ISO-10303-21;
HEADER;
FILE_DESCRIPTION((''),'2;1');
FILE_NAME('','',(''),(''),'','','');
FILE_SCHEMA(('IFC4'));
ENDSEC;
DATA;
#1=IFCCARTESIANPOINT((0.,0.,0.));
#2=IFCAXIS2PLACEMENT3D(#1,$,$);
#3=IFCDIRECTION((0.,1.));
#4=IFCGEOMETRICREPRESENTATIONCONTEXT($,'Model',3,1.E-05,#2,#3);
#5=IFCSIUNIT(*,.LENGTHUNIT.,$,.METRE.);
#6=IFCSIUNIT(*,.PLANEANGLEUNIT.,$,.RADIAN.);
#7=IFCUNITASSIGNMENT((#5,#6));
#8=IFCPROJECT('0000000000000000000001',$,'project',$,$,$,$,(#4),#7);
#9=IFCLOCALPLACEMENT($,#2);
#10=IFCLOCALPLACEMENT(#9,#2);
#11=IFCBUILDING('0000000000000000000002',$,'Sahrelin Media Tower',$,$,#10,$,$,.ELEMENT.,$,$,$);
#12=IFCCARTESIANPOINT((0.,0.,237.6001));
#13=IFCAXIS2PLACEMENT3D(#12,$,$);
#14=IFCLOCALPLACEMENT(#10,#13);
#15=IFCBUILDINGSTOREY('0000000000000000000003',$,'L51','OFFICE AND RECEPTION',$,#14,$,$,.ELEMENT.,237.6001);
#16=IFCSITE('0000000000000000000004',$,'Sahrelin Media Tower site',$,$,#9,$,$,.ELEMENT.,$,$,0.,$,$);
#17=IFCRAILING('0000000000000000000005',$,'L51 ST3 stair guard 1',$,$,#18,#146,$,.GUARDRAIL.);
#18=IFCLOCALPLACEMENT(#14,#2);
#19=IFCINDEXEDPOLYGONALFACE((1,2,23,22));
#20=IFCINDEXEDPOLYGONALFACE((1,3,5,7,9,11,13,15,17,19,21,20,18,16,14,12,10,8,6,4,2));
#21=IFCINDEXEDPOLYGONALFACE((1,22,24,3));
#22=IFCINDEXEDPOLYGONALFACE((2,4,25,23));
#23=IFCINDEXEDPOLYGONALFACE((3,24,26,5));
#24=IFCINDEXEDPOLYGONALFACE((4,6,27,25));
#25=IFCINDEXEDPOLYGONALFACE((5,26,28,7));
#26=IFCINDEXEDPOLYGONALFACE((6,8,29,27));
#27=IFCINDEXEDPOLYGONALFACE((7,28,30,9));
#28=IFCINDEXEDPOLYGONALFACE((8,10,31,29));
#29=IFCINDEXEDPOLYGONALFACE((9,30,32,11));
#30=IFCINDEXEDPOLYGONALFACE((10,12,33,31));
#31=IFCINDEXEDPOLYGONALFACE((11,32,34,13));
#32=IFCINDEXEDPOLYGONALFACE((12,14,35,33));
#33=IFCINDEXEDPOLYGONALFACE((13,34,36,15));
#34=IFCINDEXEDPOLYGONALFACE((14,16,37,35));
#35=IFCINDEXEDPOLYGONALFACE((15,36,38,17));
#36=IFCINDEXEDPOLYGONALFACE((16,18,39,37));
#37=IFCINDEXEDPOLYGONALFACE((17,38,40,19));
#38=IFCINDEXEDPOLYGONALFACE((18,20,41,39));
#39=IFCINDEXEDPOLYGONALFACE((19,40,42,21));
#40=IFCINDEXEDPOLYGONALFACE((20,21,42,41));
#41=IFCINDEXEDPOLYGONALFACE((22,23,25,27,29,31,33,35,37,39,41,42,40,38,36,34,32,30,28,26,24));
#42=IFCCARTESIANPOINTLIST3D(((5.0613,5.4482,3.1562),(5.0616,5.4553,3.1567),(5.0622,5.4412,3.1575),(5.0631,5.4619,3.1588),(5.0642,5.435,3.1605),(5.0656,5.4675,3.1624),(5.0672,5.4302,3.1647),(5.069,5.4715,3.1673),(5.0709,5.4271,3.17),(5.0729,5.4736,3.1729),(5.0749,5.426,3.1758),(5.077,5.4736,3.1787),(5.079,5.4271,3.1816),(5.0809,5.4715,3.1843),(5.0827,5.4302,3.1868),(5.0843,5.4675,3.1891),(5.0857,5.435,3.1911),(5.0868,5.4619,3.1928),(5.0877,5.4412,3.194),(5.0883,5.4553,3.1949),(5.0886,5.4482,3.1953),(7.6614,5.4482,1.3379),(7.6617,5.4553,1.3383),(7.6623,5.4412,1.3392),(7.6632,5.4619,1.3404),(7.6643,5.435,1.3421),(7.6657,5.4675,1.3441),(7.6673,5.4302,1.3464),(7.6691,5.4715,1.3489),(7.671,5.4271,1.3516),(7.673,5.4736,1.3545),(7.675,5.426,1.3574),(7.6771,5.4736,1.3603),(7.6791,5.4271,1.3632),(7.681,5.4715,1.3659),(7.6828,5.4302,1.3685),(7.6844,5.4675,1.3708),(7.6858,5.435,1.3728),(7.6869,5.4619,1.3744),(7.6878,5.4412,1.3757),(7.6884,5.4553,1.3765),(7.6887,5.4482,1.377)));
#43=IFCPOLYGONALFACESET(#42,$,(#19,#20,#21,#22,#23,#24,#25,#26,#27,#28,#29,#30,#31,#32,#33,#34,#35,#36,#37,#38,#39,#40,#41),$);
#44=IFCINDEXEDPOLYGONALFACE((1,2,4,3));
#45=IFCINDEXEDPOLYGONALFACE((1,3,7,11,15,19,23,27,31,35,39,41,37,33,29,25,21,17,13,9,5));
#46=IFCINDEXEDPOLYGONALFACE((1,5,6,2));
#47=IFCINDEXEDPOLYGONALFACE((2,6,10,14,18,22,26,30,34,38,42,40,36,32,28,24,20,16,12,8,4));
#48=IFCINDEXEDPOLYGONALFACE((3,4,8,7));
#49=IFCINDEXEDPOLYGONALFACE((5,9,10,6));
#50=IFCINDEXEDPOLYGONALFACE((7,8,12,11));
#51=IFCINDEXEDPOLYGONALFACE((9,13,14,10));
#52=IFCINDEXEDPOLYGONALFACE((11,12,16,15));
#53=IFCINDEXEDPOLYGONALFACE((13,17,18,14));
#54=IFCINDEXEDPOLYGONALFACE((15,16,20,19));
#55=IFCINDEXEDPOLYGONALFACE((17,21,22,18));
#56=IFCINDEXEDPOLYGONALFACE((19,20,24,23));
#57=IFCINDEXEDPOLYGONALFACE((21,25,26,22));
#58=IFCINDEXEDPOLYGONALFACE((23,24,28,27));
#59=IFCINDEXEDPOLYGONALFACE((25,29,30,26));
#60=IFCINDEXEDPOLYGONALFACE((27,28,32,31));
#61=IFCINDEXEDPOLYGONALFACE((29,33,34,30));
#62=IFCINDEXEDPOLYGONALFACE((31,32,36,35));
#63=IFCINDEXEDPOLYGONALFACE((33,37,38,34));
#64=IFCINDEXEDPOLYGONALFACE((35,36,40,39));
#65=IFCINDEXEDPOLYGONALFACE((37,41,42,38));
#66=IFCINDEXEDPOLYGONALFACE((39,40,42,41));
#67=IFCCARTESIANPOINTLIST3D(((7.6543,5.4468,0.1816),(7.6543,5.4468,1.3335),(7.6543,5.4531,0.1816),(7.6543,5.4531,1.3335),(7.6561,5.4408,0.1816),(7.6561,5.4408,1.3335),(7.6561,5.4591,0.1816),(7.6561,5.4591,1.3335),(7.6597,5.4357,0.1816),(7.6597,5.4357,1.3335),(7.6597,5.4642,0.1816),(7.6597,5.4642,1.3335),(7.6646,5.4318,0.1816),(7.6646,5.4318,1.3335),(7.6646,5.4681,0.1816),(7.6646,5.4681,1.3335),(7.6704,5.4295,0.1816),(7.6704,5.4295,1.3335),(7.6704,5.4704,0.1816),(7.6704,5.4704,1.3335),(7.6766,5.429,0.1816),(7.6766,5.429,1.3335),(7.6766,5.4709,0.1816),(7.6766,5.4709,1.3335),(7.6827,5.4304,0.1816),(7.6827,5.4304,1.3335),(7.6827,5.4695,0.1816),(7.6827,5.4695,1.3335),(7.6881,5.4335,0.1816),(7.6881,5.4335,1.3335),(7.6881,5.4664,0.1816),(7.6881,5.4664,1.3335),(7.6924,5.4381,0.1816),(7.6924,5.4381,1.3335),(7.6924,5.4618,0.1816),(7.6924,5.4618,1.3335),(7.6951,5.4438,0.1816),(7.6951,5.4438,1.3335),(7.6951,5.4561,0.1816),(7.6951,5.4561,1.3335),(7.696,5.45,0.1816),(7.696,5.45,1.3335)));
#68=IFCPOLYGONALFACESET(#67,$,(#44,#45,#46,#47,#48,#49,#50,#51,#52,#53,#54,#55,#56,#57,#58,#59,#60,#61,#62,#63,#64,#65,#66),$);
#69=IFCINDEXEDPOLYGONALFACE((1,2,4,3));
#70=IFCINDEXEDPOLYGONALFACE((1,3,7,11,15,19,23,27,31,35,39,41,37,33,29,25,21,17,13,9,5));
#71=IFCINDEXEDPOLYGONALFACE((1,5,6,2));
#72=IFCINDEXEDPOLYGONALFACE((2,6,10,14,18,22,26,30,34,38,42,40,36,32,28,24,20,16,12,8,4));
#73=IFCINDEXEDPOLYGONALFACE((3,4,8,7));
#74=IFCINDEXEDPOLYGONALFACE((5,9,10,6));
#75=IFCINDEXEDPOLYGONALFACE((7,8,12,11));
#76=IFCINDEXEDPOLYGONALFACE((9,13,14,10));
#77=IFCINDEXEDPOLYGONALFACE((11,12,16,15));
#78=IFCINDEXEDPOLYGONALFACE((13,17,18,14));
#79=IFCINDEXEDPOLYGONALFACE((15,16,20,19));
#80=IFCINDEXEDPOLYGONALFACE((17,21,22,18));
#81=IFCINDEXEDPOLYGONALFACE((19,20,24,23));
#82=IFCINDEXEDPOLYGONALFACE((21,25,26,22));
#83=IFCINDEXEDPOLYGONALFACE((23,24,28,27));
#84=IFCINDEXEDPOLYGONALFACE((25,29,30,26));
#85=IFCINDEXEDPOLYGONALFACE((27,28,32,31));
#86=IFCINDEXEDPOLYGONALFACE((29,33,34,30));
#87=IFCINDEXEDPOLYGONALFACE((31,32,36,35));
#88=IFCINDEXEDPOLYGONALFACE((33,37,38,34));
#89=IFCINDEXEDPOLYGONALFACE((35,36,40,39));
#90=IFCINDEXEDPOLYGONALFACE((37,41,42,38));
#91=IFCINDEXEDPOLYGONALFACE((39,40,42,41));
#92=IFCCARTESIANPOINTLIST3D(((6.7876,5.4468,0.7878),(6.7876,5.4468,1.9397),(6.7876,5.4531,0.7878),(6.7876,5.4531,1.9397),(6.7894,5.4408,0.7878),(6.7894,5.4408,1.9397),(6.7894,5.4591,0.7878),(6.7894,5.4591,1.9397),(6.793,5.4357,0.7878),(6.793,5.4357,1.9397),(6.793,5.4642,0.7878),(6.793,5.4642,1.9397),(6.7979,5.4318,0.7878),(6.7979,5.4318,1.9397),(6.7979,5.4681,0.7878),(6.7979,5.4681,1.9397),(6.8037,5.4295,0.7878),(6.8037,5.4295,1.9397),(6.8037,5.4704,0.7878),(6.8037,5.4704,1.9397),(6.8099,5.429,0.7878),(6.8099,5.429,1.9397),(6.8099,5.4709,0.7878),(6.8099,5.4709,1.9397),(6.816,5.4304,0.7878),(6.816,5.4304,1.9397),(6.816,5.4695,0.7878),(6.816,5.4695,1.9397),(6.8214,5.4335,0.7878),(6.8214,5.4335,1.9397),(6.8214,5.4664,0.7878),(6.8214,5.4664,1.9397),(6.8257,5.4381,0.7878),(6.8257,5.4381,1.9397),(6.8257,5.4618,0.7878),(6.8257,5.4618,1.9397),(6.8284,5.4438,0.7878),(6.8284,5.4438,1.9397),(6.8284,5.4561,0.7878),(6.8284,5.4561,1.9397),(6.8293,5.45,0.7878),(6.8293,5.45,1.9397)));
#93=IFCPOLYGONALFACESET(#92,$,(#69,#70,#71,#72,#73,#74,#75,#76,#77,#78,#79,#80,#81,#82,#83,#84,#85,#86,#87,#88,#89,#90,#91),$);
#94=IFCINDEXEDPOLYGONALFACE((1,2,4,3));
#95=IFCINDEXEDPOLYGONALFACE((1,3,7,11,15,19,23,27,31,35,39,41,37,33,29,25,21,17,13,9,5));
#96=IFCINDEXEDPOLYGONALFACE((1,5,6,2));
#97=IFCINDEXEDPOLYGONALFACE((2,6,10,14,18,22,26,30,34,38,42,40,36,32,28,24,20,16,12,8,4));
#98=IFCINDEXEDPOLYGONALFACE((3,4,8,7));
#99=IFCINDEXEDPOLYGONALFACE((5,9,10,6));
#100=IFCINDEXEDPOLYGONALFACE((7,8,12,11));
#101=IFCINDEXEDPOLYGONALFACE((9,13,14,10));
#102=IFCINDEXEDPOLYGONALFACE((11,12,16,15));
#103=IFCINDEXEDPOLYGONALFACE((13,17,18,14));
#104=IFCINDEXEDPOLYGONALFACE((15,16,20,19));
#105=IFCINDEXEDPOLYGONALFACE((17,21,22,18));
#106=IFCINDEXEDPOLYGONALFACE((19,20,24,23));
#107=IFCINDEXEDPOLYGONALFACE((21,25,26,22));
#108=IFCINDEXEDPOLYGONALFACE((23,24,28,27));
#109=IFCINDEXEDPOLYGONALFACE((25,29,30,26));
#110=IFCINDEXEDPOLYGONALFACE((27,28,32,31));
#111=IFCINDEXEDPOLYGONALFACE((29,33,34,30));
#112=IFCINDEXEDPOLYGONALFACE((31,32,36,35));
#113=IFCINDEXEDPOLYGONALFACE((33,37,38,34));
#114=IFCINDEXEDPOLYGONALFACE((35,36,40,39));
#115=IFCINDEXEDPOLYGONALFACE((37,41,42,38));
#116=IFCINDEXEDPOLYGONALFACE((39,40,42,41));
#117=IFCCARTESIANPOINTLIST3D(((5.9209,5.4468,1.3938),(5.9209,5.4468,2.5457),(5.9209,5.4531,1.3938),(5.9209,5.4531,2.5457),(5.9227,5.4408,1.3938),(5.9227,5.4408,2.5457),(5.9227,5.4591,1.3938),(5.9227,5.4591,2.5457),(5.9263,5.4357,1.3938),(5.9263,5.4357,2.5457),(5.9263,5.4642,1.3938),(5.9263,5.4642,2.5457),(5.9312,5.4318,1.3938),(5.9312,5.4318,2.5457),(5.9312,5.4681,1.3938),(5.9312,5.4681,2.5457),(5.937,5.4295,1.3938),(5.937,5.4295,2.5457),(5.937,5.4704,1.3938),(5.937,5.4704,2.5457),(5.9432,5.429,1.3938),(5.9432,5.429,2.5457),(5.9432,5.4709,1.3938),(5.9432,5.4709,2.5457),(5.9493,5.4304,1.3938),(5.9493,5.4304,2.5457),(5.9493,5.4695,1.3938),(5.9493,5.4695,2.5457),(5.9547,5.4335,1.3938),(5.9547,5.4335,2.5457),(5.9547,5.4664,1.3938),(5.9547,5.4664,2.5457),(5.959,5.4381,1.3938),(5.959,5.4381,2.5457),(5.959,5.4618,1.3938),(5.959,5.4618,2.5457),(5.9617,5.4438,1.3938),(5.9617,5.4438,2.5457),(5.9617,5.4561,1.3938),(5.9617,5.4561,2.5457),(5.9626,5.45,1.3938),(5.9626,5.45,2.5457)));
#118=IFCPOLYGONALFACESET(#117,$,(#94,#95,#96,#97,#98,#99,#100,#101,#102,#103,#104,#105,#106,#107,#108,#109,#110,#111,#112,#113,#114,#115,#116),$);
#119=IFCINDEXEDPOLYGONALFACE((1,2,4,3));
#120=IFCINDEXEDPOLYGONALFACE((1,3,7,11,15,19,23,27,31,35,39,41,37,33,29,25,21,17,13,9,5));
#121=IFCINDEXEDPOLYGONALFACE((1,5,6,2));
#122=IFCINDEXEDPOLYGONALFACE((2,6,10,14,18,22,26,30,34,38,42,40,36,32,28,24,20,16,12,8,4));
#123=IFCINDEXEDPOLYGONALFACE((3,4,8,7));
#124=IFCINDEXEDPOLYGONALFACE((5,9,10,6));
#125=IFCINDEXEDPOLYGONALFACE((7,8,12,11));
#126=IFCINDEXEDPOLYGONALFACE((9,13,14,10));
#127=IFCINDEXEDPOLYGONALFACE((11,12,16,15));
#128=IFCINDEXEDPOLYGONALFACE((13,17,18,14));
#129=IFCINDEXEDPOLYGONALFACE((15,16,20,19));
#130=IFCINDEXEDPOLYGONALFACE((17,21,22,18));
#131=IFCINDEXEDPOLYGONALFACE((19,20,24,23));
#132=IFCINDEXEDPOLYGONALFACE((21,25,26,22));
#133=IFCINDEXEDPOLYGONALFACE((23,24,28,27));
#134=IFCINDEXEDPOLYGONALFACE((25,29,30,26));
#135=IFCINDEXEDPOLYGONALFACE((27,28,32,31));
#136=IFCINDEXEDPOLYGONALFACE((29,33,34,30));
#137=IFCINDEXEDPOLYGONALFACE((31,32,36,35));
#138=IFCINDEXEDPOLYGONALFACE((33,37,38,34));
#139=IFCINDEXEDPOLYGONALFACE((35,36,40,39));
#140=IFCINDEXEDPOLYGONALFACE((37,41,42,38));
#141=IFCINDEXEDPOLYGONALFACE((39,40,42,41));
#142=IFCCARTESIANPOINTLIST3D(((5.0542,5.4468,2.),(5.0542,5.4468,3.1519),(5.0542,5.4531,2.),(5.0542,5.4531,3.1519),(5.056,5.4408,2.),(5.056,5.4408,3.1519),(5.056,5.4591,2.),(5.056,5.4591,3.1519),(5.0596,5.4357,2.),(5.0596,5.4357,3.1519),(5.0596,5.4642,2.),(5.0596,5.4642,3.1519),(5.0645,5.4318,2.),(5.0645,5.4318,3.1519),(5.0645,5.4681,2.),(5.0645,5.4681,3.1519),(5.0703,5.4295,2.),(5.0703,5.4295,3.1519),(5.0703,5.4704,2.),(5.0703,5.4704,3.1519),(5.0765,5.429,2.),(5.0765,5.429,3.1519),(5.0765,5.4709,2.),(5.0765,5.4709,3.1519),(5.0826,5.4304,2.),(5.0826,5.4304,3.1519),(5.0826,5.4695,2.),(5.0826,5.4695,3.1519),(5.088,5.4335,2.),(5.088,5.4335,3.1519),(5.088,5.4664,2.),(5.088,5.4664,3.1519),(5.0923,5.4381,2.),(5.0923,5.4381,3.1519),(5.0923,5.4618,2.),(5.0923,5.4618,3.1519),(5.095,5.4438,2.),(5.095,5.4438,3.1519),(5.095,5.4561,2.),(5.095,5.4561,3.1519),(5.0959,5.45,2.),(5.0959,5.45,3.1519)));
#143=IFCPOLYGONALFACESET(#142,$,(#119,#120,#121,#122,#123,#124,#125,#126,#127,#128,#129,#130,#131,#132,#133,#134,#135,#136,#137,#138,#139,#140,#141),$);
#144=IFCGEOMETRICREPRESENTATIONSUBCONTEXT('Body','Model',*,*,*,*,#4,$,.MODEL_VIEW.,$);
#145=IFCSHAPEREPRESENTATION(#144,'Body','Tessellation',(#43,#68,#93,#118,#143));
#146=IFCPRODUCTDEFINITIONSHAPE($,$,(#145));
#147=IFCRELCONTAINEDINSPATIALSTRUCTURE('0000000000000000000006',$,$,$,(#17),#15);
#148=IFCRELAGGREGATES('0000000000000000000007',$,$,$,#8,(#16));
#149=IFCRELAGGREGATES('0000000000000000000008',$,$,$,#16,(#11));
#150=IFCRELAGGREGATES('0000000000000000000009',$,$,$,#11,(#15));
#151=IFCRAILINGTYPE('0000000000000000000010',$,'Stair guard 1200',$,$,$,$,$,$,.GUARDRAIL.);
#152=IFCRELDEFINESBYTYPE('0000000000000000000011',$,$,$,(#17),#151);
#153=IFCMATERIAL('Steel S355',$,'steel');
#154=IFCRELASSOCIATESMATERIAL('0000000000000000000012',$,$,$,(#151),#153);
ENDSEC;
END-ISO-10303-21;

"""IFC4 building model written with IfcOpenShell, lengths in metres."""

from ifc_helpers import new_model, si_unit, direction, frame, origin, origin_2d, place, context, subcontext, project, spatial, circle, extrude, material, type_object, element, save


model = new_model("IFC4")

# Units and contexts
model_context = context("Model", 3, precision=1e-05, world=origin(), true_north=direction((0.0, 1.0)))
body_context = subcontext(model_context, "Body", "Model", "MODEL_VIEW")
ifc_project = project(units=[si_unit("LENGTHUNIT", "METRE"), si_unit("PLANEANGLEUNIT", "RADIAN")], contexts=[model_context])

# Site, building, storey
site_placement = place(None, origin())
site = spatial("IfcSite", under=ifc_project, at=site_placement, Name="Sahrelin Media Tower site", CompositionType="ELEMENT", RefElevation=0.0)
building_placement = place(site_placement, origin())
building = spatial("IfcBuilding", under=site, at=building_placement, Name="Sahrelin Media Tower", CompositionType="ELEMENT")
storey_placement = place(building_placement, frame((0.0, 0.0, 237.6001)))
storey = spatial("IfcBuildingStorey", under=building, at=storey_placement, Name="L51", Description="OFFICE AND RECEPTION", CompositionType="ELEMENT", Elevation=237.6001)

# Shared definitions
ifc_material_1 = material(Name="Steel S355", Category="steel")

# Railing
railing_type_1 = type_object("IfcRailingType", Name="Stair guard 1200", PredefinedType="GUARDRAIL", material=ifc_material_1)
railing_1_placement = place(storey_placement, frame((7.675, 5.45, 0.1816)))
element("IfcRailing", 1, at=railing_1_placement, inside=storey, type_object=railing_type_1, Name="L51 ST3 stair guard 1", PredefinedType="GUARDRAIL", context=body_context, shape_type="SweptSolid", body=[
    extrude(circle(Radius=0.0239, at=origin_2d()), frame((0.0, 0.0, 1.1758), z_axis=(-0.819485, 0.0, 0.573101), x_axis=(0.0, -1.0, 0.0)), (0.0, 0.0, 1.0), 3.1729),
    extrude(circle(Radius=0.021, at=origin_2d()), origin(), (0.0, 0.0, 1.0), 1.1519),
    extrude(circle(Radius=0.021, at=origin_2d()), frame((-0.8667, 0.0, 0.6062)), (0.0, 0.0, 1.0), 1.1519),
    extrude(circle(Radius=0.021, at=origin_2d()), frame((-1.7334, 0.0, 1.2122)), (0.0, 0.0, 1.0), 1.1519),
    extrude(circle(Radius=0.021, at=origin_2d()), frame((-2.6001, 0.0, 1.8184)), (0.0, 0.0, 1.0), 1.1519),
])

save(model, "model.ifc")
